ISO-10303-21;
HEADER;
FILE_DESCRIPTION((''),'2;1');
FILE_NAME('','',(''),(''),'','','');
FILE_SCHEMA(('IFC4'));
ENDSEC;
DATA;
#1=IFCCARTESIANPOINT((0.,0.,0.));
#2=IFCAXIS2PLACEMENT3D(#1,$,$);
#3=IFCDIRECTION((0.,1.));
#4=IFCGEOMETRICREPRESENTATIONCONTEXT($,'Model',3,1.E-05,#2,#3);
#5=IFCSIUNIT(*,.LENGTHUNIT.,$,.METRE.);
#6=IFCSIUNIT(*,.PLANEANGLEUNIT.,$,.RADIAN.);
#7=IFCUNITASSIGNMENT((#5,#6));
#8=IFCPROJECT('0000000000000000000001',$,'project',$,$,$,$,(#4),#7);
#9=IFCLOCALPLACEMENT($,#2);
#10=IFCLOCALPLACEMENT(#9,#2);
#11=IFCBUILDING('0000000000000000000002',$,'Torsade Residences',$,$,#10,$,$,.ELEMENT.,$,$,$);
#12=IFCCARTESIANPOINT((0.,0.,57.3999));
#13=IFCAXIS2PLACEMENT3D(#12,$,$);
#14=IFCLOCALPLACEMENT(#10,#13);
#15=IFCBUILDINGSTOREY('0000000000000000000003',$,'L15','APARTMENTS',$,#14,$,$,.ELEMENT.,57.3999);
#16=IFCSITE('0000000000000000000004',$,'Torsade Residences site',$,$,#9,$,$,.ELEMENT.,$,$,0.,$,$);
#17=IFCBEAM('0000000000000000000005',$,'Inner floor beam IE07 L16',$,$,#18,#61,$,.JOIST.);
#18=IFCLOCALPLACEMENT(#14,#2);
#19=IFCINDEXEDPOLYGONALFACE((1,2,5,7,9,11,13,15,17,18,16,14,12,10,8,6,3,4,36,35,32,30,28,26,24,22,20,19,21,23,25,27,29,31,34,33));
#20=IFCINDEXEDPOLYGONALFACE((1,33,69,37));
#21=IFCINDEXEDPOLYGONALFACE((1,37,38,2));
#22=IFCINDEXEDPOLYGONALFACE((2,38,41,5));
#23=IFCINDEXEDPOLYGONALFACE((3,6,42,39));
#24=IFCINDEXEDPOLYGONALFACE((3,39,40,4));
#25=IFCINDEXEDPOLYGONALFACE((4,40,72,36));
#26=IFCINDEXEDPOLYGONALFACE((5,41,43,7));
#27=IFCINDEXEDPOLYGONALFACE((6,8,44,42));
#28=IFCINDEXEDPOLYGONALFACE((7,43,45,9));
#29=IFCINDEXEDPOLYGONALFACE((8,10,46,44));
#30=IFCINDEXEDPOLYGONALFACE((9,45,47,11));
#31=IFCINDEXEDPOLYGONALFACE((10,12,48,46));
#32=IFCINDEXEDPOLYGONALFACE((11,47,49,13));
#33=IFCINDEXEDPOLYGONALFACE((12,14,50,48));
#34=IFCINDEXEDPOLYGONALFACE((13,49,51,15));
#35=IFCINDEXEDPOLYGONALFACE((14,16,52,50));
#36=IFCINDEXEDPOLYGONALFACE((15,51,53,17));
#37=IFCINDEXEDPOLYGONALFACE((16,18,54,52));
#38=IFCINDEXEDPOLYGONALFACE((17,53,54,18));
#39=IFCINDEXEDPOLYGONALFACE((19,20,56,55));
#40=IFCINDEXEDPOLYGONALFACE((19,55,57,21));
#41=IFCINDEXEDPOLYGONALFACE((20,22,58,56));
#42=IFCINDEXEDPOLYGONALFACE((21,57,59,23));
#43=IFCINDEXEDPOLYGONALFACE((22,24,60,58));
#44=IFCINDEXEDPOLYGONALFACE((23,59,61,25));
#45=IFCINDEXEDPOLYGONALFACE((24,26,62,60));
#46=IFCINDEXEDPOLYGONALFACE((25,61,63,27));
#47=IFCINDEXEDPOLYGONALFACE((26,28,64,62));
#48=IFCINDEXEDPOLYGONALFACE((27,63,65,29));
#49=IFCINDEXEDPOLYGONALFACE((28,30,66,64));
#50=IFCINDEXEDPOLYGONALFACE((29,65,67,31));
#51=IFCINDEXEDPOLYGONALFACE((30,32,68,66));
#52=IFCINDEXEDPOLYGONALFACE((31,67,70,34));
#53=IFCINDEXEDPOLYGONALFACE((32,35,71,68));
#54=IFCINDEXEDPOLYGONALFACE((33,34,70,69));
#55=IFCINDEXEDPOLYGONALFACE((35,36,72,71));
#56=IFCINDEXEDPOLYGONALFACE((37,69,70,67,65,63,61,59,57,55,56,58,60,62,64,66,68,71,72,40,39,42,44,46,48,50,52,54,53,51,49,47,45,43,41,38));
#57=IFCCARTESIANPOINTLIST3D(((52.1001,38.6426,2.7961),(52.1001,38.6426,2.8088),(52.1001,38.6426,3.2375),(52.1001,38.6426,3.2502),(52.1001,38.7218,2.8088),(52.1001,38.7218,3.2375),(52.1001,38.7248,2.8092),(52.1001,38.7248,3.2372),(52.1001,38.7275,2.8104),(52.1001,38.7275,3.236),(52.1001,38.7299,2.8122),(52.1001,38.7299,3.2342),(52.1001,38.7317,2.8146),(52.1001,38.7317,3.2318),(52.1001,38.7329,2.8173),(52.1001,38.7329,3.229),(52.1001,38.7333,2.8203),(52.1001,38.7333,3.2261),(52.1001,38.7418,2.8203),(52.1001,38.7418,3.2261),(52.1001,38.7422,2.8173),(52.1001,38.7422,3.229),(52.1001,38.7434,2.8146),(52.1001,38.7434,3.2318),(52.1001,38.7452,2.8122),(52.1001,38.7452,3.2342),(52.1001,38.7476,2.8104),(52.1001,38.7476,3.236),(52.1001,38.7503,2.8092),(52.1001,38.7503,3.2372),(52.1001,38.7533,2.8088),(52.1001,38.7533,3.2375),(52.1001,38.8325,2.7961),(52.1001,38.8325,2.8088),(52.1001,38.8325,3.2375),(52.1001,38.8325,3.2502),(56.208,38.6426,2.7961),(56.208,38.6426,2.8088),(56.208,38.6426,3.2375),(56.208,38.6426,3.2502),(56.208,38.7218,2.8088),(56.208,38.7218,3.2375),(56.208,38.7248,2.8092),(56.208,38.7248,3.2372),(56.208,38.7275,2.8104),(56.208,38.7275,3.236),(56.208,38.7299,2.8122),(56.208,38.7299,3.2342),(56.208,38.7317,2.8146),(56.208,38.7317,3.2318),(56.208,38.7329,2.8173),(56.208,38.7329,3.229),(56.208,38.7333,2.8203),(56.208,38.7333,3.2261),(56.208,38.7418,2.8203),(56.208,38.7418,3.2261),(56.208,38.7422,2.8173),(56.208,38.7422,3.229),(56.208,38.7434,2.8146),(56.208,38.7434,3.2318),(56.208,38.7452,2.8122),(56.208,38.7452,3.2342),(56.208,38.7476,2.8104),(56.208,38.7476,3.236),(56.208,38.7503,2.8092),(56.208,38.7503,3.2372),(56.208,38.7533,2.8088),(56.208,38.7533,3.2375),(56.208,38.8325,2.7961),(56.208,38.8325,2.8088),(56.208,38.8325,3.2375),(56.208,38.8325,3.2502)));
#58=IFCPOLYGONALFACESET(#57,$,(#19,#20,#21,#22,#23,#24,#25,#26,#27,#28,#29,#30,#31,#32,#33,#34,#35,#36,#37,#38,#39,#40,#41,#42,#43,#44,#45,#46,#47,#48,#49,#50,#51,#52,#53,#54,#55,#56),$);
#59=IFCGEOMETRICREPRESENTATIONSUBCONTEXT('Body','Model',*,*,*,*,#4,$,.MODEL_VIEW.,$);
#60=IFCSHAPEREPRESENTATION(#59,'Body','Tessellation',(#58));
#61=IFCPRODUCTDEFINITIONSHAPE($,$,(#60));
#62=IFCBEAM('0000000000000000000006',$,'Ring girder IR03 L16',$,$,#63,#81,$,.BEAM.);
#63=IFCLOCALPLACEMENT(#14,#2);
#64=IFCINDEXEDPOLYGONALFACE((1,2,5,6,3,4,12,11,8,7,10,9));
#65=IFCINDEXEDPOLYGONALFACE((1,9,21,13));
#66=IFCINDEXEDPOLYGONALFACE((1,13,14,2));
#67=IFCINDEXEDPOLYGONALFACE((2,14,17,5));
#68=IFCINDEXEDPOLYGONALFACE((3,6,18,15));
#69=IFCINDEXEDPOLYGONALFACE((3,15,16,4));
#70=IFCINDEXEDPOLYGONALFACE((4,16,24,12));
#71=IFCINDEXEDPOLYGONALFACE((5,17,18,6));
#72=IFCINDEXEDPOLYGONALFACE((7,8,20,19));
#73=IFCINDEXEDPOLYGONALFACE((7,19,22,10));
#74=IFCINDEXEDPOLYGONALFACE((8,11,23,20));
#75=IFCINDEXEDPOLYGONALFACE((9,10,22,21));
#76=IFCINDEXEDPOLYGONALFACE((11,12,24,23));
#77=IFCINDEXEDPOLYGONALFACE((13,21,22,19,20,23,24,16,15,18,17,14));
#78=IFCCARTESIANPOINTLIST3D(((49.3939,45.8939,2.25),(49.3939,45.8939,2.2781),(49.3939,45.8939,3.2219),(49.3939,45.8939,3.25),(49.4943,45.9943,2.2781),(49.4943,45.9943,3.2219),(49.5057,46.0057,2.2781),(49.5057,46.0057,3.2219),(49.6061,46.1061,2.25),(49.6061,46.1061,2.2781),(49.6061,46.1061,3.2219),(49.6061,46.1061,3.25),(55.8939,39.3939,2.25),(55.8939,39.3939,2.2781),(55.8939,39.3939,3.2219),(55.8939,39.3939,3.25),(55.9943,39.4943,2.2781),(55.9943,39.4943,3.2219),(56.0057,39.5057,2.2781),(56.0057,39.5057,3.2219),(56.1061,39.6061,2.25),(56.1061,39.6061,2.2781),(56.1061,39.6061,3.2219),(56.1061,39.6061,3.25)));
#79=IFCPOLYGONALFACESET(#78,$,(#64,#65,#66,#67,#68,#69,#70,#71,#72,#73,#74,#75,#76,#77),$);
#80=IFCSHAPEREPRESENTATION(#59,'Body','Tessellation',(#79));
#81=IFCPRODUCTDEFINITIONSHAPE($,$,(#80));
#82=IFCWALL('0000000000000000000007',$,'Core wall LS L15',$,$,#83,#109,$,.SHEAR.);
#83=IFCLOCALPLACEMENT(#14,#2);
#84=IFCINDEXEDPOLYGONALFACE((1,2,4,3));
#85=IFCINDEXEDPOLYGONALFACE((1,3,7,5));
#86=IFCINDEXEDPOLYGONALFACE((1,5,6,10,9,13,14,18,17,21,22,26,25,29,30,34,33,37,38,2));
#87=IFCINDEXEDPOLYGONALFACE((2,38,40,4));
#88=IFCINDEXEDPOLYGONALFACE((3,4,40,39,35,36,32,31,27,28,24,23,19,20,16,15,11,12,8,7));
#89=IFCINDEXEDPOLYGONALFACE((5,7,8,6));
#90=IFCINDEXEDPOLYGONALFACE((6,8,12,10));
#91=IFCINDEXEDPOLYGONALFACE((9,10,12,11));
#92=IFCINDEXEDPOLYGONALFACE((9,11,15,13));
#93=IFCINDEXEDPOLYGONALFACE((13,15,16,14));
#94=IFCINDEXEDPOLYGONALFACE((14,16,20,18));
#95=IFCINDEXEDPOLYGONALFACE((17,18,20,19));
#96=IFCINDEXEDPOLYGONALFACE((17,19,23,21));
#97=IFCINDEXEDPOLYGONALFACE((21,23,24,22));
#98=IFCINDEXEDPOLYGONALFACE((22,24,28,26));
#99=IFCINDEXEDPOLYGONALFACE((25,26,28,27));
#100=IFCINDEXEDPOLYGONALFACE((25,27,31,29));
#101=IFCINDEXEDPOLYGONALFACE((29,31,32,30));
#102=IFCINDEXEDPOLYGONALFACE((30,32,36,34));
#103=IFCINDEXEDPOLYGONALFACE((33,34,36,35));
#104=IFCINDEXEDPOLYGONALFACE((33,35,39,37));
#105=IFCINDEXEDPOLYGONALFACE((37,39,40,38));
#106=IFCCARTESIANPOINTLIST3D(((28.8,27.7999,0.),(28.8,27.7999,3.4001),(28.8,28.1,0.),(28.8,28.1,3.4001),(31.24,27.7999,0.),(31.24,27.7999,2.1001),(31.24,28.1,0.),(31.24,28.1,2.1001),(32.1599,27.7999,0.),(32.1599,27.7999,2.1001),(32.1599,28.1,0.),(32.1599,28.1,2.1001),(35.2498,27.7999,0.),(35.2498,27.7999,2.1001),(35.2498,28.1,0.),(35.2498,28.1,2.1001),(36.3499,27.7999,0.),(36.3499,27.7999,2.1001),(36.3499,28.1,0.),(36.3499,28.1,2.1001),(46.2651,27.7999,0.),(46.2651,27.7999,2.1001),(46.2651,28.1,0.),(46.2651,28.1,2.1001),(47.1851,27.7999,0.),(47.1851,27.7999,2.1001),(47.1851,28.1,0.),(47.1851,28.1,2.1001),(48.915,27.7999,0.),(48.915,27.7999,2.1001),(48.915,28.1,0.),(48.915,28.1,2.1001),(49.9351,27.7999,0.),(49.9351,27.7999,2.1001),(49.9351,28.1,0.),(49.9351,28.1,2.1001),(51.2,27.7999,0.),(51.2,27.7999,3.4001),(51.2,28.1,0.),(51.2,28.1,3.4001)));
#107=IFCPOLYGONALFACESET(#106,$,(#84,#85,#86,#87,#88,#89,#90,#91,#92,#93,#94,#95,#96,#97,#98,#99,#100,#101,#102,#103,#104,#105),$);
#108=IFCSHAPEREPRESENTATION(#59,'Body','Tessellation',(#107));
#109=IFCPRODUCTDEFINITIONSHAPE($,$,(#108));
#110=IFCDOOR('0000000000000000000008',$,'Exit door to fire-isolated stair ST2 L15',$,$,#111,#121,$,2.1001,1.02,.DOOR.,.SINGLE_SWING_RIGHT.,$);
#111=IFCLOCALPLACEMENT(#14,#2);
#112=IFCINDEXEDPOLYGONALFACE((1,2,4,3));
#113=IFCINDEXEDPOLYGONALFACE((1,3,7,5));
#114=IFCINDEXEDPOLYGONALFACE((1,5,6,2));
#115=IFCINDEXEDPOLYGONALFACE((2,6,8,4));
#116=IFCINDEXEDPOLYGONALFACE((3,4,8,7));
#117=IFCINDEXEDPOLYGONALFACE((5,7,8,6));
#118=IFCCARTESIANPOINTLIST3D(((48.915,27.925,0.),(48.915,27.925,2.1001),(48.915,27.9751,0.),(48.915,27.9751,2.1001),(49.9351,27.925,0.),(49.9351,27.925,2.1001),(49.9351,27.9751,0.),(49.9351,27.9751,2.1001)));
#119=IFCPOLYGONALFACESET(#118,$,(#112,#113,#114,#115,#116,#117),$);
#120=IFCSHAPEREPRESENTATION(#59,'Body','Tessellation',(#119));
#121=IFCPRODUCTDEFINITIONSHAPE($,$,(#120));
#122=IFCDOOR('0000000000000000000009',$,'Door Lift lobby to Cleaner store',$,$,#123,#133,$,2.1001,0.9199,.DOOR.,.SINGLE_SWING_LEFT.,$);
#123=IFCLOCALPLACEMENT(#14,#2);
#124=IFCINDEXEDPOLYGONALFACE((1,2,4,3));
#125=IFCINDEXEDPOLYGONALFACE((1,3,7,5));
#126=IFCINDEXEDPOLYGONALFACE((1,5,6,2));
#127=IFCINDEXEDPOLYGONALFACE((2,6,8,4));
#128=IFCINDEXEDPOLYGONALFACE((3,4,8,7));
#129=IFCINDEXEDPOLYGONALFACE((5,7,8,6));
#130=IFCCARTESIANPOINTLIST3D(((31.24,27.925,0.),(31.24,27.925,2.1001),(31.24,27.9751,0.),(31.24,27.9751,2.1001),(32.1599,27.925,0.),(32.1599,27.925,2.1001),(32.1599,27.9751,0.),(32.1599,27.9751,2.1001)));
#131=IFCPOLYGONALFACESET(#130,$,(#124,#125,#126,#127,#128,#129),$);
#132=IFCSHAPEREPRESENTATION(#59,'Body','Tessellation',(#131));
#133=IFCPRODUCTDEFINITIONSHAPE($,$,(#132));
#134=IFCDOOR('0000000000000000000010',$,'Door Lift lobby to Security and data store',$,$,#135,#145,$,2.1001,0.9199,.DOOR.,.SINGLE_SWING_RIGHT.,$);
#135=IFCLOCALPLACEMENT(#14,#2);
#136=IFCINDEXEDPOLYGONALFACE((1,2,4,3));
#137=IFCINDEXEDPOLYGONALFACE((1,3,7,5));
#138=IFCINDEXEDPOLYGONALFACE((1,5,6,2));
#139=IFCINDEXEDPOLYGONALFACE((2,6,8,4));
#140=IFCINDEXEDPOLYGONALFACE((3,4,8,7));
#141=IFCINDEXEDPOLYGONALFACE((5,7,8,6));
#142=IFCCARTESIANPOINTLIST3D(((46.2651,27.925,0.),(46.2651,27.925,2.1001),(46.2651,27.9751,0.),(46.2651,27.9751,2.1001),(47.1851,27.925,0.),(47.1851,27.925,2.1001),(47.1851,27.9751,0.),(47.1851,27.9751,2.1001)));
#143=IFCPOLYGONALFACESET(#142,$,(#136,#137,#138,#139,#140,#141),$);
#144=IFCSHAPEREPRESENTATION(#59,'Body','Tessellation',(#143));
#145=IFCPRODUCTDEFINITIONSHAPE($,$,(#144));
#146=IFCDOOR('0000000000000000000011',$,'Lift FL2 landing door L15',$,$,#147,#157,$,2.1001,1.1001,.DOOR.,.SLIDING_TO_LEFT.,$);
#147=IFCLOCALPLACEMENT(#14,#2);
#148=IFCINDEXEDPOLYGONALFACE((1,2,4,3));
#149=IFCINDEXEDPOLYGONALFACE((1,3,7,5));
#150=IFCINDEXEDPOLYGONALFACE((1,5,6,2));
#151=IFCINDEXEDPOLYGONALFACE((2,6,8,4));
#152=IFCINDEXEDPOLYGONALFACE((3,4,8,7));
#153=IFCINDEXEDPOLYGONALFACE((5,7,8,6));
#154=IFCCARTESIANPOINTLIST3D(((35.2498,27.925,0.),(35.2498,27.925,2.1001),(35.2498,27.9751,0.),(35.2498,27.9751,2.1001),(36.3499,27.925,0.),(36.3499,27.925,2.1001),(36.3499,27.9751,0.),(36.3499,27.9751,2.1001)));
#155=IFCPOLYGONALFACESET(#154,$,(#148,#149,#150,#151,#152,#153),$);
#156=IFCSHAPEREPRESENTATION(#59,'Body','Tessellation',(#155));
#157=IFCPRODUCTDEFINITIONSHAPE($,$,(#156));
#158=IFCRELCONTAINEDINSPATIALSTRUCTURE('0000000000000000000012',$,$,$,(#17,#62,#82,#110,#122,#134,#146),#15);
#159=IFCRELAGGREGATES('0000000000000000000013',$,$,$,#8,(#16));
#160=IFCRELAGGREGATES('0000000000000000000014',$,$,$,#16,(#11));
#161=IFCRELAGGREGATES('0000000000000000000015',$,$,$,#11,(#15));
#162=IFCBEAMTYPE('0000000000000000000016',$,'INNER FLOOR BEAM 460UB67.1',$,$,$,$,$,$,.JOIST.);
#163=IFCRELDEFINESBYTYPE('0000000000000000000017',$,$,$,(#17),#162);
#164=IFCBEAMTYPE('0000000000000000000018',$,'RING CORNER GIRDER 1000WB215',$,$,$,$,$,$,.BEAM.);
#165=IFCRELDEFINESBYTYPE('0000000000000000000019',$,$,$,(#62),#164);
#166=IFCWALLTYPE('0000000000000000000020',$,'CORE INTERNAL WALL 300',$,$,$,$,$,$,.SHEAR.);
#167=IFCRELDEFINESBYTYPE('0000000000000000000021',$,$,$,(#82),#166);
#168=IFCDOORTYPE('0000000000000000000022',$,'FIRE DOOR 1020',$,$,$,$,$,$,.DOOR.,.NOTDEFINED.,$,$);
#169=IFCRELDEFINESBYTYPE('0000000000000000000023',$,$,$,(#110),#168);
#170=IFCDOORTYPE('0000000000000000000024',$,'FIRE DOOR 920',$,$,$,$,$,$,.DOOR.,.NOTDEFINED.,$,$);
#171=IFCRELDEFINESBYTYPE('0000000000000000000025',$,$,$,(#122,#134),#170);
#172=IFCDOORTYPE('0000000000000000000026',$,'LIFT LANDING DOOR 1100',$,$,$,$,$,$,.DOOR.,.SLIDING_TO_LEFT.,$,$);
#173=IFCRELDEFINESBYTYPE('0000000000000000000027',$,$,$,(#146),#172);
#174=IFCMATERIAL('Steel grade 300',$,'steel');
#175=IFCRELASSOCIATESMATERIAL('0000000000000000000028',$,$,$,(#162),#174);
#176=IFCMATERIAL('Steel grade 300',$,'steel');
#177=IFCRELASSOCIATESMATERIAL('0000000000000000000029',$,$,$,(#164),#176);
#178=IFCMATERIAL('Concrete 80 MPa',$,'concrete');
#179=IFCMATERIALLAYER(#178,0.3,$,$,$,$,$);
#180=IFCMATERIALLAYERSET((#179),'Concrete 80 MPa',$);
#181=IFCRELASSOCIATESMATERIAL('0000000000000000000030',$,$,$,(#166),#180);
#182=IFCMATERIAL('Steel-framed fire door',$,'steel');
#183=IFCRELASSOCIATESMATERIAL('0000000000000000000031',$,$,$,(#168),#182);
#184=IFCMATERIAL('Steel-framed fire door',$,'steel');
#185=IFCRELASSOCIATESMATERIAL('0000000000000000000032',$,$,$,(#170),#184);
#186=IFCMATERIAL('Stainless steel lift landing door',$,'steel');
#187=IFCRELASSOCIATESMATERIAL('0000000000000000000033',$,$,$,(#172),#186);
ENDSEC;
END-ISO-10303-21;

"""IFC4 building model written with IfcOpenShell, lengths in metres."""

from ifc_helpers import new_model, si_unit, direction, frame, frame_2d, origin, origin_2d, place, context, subcontext, project, spatial, rectangle, i_section, extrude, material, layer, layer_set, material_profile, profile_set, type_object, element, fill, save


model = new_model("IFC4")

# Units and contexts
model_context = context("Model", 3, precision=1e-05, world=origin(), true_north=direction((0.0, 1.0)))
body_context = subcontext(model_context, "Body", "Model", "MODEL_VIEW")
ifc_project = project(units=[si_unit("LENGTHUNIT", "METRE"), si_unit("PLANEANGLEUNIT", "RADIAN")], contexts=[model_context])

# Site, building, storey
site_placement = place(None, origin())
site = spatial("IfcSite", under=ifc_project, at=site_placement, Name="Torsade Residences site", CompositionType="ELEMENT", RefElevation=0.0)
building_placement = place(site_placement, origin())
building = spatial("IfcBuilding", under=site, at=building_placement, Name="Torsade Residences", CompositionType="ELEMENT")
storey_placement = place(building_placement, frame((0.0, 0.0, 57.3999)))
storey = spatial("IfcBuildingStorey", under=building, at=storey_placement, Name="L15", Description="APARTMENTS", CompositionType="ELEMENT", Elevation=57.3999)

# Beams
ifc_material_1 = material(Name="Steel grade 300", Category="steel")
ifc_material_profile_1 = material_profile(ifc_material_1, i_section(OverallWidth=0.1899, OverallDepth=0.4541, WebThickness=0.0085, FlangeThickness=0.0127, FilletRadius=0.0115, at=origin_2d()), Name="460UB67.1")
ifc_profile_set_1 = profile_set([ifc_material_profile_1], Name="Steel grade 300")
beam_type_1 = type_object("IfcBeamType", Name="INNER FLOOR BEAM 460UB67.1", PredefinedType="JOIST", material=ifc_profile_set_1)
beam_1_placement = place(storey_placement, frame((52.1001, 38.7375, 3.0232), z_axis=(1.0, 0.0, 0.0), x_axis=(0.0, 1.0, 0.0)))
element("IfcBeam", 1, at=beam_1_placement, inside=storey, type_object=beam_type_1, Name="Inner floor beam IE07 L16", PredefinedType="JOIST", context=body_context, shape_type="SweptSolid", body=[
    extrude(i_section(OverallWidth=0.1899, OverallDepth=0.4541, WebThickness=0.0085, FlangeThickness=0.0127, FilletRadius=0.0115, at=origin_2d()), origin(), (0.0, 0.0, 1.0), 4.1079),
])
ifc_material_2 = material(Name="Steel grade 300", Category="steel")
ifc_material_profile_2 = material_profile(ifc_material_2, i_section(OverallWidth=0.3, OverallDepth=1.0, WebThickness=0.0161, FlangeThickness=0.0281, at=origin_2d()), Name="1000WB215")
ifc_profile_set_2 = profile_set([ifc_material_profile_2], Name="Steel grade 300")
beam_type_2 = type_object("IfcBeamType", Name="RING CORNER GIRDER 1000WB215", PredefinedType="BEAM", material=ifc_profile_set_2)
beam_2_placement = place(storey_placement, frame((56.0, 39.5, 2.75), z_axis=(-0.707107, 0.707107, 0.0), x_axis=(-0.707107, -0.707107, 0.0)))
element("IfcBeam", 2, at=beam_2_placement, inside=storey, type_object=beam_type_2, Name="Ring girder IR03 L16", PredefinedType="BEAM", context=body_context, shape_type="SweptSolid", body=[
    extrude(i_section(OverallWidth=0.3, OverallDepth=1.0, WebThickness=0.0161, FlangeThickness=0.0281, at=origin_2d()), origin(), (0.0, 0.0, 1.0), 9.1924),
])

# Wall, openings, doors
ifc_material_3 = material(Name="Concrete 80 MPa", Category="concrete")
ifc_layer_1 = layer(ifc_material_3, 0.3)
ifc_layer_set_1 = layer_set([ifc_layer_1], Name="Concrete 80 MPa")
wall_type_1 = type_object("IfcWallType", Name="CORE INTERNAL WALL 300", PredefinedType="SHEAR", material=ifc_layer_set_1)
wall_1_placement = place(storey_placement, frame((51.2, 27.95, 0.0), z_axis=(0.0, 0.0, 1.0), x_axis=(-1.0, 0.0, 0.0)))
wall_1 = element("IfcWall", 3, at=wall_1_placement, inside=storey, type_object=wall_type_1, Name="Core wall LS L15", PredefinedType="SHEAR", context=body_context, shape_type="SweptSolid", body=[
    extrude(rectangle(XDim=22.3999, YDim=0.3, at=frame_2d((11.2, 0.0))), origin(), (0.0, 0.0, 1.0), 3.4001),
])
opening_1_placement = place(wall_1_placement, frame((19.04, 0.0, 0.0)))
opening_1 = element("IfcOpeningElement", 4, at=opening_1_placement, cuts=wall_1, PredefinedType="OPENING", context=body_context, shape_type="SweptSolid", body=[
    extrude(rectangle(XDim=0.9199, YDim=2.1001, at=frame_2d((0.46, 1.05))), frame((0.0, 0.1599, 0.0), z_axis=(0.0, -1.0, 0.0), x_axis=(1.0, 0.0, 0.0)), (0.0, 0.0, 1.0), 0.3201),
])
opening_2_placement = place(wall_1_placement, frame((1.2649, 0.0, 0.0)))
opening_2 = element("IfcOpeningElement", 5, at=opening_2_placement, cuts=wall_1, PredefinedType="OPENING", context=body_context, shape_type="SweptSolid", body=[
    extrude(rectangle(XDim=1.02, YDim=2.1001, at=frame_2d((0.51, 1.05))), frame((0.0, 0.1599, 0.0), z_axis=(0.0, -1.0, 0.0), x_axis=(1.0, 0.0, 0.0)), (0.0, 0.0, 1.0), 0.3201),
])
opening_3_placement = place(wall_1_placement, frame((4.0149, 0.0, 0.0)))
opening_3 = element("IfcOpeningElement", 6, at=opening_3_placement, cuts=wall_1, PredefinedType="OPENING", context=body_context, shape_type="SweptSolid", body=[
    extrude(rectangle(XDim=0.9199, YDim=2.1001, at=frame_2d((0.46, 1.05))), frame((0.0, 0.1599, 0.0), z_axis=(0.0, -1.0, 0.0), x_axis=(1.0, 0.0, 0.0)), (0.0, 0.0, 1.0), 0.3201),
])
opening_4_placement = place(wall_1_placement, frame((14.8501, 0.0, 0.0)))
opening_4 = element("IfcOpeningElement", 7, at=opening_4_placement, cuts=wall_1, PredefinedType="OPENING", context=body_context, shape_type="SweptSolid", body=[
    extrude(rectangle(XDim=1.1001, YDim=2.1001, at=frame_2d((0.55, 1.05))), frame((0.0, 0.1599, 0.0), z_axis=(0.0, -1.0, 0.0), x_axis=(1.0, 0.0, 0.0)), (0.0, 0.0, 1.0), 0.3201),
])
ifc_material_4 = material(Name="Steel-framed fire door", Category="steel")
door_type_1 = type_object("IfcDoorType", Name="FIRE DOOR 1020", OperationType="NOTDEFINED", PredefinedType="DOOR", material=ifc_material_4)
door_1_placement = place(opening_2_placement, origin())
door_1 = element("IfcDoor", 8, at=door_1_placement, inside=storey, type_object=door_type_1, Name="Exit door to fire-isolated stair ST2 L15", OperationType="SINGLE_SWING_RIGHT", OverallHeight=2.1001, OverallWidth=1.02, PredefinedType="DOOR", context=body_context, shape_type="SweptSolid", body=[
    extrude(rectangle(XDim=1.02, YDim=2.1001, at=frame_2d((0.51, 1.05))), frame((0.0, 0.0249, 0.0), z_axis=(0.0, -1.0, 0.0), x_axis=(1.0, 0.0, 0.0)), (0.0, 0.0, 1.0), 0.05),
])
fill(opening_2, door_1)
ifc_material_5 = material(Name="Steel-framed fire door", Category="steel")
door_type_2 = type_object("IfcDoorType", Name="FIRE DOOR 920", OperationType="NOTDEFINED", PredefinedType="DOOR", material=ifc_material_5)
door_2_placement = place(opening_1_placement, origin())
door_2 = element("IfcDoor", 9, at=door_2_placement, inside=storey, type_object=door_type_2, Name="Door Lift lobby to Cleaner store", OperationType="SINGLE_SWING_LEFT", OverallHeight=2.1001, OverallWidth=0.9199, PredefinedType="DOOR", context=body_context, shape_type="SweptSolid", body=[
    extrude(rectangle(XDim=0.9199, YDim=2.1001, at=frame_2d((0.46, 1.05))), frame((0.0, 0.0249, 0.0), z_axis=(0.0, -1.0, 0.0), x_axis=(1.0, 0.0, 0.0)), (0.0, 0.0, 1.0), 0.05),
])
fill(opening_1, door_2)
door_3_placement = place(opening_3_placement, origin())
door_3 = element("IfcDoor", 10, at=door_3_placement, inside=storey, type_object=door_type_2, Name="Door Lift lobby to Security and data store", OperationType="SINGLE_SWING_RIGHT", OverallHeight=2.1001, OverallWidth=0.9199, PredefinedType="DOOR", context=body_context, shape_type="SweptSolid", body=[
    extrude(rectangle(XDim=0.9199, YDim=2.1001, at=frame_2d((0.46, 1.05))), frame((0.0, 0.0249, 0.0), z_axis=(0.0, -1.0, 0.0), x_axis=(1.0, 0.0, 0.0)), (0.0, 0.0, 1.0), 0.05),
])
fill(opening_3, door_3)
ifc_material_6 = material(Name="Stainless steel lift landing door", Category="steel")
door_type_3 = type_object("IfcDoorType", Name="LIFT LANDING DOOR 1100", OperationType="SLIDING_TO_LEFT", PredefinedType="DOOR", material=ifc_material_6)
door_4_placement = place(opening_4_placement, origin())
door_4 = element("IfcDoor", 11, at=door_4_placement, inside=storey, type_object=door_type_3, Name="Lift FL2 landing door L15", OperationType="SLIDING_TO_LEFT", OverallHeight=2.1001, OverallWidth=1.1001, PredefinedType="DOOR", context=body_context, shape_type="SweptSolid", body=[
    extrude(rectangle(XDim=1.1001, YDim=2.1001, at=frame_2d((0.55, 1.05))), frame((0.0, 0.0249, 0.0), z_axis=(0.0, -1.0, 0.0), x_axis=(1.0, 0.0, 0.0)), (0.0, 0.0, 1.0), 0.05),
])
fill(opening_4, door_4)

save(model, "model.ifc")
